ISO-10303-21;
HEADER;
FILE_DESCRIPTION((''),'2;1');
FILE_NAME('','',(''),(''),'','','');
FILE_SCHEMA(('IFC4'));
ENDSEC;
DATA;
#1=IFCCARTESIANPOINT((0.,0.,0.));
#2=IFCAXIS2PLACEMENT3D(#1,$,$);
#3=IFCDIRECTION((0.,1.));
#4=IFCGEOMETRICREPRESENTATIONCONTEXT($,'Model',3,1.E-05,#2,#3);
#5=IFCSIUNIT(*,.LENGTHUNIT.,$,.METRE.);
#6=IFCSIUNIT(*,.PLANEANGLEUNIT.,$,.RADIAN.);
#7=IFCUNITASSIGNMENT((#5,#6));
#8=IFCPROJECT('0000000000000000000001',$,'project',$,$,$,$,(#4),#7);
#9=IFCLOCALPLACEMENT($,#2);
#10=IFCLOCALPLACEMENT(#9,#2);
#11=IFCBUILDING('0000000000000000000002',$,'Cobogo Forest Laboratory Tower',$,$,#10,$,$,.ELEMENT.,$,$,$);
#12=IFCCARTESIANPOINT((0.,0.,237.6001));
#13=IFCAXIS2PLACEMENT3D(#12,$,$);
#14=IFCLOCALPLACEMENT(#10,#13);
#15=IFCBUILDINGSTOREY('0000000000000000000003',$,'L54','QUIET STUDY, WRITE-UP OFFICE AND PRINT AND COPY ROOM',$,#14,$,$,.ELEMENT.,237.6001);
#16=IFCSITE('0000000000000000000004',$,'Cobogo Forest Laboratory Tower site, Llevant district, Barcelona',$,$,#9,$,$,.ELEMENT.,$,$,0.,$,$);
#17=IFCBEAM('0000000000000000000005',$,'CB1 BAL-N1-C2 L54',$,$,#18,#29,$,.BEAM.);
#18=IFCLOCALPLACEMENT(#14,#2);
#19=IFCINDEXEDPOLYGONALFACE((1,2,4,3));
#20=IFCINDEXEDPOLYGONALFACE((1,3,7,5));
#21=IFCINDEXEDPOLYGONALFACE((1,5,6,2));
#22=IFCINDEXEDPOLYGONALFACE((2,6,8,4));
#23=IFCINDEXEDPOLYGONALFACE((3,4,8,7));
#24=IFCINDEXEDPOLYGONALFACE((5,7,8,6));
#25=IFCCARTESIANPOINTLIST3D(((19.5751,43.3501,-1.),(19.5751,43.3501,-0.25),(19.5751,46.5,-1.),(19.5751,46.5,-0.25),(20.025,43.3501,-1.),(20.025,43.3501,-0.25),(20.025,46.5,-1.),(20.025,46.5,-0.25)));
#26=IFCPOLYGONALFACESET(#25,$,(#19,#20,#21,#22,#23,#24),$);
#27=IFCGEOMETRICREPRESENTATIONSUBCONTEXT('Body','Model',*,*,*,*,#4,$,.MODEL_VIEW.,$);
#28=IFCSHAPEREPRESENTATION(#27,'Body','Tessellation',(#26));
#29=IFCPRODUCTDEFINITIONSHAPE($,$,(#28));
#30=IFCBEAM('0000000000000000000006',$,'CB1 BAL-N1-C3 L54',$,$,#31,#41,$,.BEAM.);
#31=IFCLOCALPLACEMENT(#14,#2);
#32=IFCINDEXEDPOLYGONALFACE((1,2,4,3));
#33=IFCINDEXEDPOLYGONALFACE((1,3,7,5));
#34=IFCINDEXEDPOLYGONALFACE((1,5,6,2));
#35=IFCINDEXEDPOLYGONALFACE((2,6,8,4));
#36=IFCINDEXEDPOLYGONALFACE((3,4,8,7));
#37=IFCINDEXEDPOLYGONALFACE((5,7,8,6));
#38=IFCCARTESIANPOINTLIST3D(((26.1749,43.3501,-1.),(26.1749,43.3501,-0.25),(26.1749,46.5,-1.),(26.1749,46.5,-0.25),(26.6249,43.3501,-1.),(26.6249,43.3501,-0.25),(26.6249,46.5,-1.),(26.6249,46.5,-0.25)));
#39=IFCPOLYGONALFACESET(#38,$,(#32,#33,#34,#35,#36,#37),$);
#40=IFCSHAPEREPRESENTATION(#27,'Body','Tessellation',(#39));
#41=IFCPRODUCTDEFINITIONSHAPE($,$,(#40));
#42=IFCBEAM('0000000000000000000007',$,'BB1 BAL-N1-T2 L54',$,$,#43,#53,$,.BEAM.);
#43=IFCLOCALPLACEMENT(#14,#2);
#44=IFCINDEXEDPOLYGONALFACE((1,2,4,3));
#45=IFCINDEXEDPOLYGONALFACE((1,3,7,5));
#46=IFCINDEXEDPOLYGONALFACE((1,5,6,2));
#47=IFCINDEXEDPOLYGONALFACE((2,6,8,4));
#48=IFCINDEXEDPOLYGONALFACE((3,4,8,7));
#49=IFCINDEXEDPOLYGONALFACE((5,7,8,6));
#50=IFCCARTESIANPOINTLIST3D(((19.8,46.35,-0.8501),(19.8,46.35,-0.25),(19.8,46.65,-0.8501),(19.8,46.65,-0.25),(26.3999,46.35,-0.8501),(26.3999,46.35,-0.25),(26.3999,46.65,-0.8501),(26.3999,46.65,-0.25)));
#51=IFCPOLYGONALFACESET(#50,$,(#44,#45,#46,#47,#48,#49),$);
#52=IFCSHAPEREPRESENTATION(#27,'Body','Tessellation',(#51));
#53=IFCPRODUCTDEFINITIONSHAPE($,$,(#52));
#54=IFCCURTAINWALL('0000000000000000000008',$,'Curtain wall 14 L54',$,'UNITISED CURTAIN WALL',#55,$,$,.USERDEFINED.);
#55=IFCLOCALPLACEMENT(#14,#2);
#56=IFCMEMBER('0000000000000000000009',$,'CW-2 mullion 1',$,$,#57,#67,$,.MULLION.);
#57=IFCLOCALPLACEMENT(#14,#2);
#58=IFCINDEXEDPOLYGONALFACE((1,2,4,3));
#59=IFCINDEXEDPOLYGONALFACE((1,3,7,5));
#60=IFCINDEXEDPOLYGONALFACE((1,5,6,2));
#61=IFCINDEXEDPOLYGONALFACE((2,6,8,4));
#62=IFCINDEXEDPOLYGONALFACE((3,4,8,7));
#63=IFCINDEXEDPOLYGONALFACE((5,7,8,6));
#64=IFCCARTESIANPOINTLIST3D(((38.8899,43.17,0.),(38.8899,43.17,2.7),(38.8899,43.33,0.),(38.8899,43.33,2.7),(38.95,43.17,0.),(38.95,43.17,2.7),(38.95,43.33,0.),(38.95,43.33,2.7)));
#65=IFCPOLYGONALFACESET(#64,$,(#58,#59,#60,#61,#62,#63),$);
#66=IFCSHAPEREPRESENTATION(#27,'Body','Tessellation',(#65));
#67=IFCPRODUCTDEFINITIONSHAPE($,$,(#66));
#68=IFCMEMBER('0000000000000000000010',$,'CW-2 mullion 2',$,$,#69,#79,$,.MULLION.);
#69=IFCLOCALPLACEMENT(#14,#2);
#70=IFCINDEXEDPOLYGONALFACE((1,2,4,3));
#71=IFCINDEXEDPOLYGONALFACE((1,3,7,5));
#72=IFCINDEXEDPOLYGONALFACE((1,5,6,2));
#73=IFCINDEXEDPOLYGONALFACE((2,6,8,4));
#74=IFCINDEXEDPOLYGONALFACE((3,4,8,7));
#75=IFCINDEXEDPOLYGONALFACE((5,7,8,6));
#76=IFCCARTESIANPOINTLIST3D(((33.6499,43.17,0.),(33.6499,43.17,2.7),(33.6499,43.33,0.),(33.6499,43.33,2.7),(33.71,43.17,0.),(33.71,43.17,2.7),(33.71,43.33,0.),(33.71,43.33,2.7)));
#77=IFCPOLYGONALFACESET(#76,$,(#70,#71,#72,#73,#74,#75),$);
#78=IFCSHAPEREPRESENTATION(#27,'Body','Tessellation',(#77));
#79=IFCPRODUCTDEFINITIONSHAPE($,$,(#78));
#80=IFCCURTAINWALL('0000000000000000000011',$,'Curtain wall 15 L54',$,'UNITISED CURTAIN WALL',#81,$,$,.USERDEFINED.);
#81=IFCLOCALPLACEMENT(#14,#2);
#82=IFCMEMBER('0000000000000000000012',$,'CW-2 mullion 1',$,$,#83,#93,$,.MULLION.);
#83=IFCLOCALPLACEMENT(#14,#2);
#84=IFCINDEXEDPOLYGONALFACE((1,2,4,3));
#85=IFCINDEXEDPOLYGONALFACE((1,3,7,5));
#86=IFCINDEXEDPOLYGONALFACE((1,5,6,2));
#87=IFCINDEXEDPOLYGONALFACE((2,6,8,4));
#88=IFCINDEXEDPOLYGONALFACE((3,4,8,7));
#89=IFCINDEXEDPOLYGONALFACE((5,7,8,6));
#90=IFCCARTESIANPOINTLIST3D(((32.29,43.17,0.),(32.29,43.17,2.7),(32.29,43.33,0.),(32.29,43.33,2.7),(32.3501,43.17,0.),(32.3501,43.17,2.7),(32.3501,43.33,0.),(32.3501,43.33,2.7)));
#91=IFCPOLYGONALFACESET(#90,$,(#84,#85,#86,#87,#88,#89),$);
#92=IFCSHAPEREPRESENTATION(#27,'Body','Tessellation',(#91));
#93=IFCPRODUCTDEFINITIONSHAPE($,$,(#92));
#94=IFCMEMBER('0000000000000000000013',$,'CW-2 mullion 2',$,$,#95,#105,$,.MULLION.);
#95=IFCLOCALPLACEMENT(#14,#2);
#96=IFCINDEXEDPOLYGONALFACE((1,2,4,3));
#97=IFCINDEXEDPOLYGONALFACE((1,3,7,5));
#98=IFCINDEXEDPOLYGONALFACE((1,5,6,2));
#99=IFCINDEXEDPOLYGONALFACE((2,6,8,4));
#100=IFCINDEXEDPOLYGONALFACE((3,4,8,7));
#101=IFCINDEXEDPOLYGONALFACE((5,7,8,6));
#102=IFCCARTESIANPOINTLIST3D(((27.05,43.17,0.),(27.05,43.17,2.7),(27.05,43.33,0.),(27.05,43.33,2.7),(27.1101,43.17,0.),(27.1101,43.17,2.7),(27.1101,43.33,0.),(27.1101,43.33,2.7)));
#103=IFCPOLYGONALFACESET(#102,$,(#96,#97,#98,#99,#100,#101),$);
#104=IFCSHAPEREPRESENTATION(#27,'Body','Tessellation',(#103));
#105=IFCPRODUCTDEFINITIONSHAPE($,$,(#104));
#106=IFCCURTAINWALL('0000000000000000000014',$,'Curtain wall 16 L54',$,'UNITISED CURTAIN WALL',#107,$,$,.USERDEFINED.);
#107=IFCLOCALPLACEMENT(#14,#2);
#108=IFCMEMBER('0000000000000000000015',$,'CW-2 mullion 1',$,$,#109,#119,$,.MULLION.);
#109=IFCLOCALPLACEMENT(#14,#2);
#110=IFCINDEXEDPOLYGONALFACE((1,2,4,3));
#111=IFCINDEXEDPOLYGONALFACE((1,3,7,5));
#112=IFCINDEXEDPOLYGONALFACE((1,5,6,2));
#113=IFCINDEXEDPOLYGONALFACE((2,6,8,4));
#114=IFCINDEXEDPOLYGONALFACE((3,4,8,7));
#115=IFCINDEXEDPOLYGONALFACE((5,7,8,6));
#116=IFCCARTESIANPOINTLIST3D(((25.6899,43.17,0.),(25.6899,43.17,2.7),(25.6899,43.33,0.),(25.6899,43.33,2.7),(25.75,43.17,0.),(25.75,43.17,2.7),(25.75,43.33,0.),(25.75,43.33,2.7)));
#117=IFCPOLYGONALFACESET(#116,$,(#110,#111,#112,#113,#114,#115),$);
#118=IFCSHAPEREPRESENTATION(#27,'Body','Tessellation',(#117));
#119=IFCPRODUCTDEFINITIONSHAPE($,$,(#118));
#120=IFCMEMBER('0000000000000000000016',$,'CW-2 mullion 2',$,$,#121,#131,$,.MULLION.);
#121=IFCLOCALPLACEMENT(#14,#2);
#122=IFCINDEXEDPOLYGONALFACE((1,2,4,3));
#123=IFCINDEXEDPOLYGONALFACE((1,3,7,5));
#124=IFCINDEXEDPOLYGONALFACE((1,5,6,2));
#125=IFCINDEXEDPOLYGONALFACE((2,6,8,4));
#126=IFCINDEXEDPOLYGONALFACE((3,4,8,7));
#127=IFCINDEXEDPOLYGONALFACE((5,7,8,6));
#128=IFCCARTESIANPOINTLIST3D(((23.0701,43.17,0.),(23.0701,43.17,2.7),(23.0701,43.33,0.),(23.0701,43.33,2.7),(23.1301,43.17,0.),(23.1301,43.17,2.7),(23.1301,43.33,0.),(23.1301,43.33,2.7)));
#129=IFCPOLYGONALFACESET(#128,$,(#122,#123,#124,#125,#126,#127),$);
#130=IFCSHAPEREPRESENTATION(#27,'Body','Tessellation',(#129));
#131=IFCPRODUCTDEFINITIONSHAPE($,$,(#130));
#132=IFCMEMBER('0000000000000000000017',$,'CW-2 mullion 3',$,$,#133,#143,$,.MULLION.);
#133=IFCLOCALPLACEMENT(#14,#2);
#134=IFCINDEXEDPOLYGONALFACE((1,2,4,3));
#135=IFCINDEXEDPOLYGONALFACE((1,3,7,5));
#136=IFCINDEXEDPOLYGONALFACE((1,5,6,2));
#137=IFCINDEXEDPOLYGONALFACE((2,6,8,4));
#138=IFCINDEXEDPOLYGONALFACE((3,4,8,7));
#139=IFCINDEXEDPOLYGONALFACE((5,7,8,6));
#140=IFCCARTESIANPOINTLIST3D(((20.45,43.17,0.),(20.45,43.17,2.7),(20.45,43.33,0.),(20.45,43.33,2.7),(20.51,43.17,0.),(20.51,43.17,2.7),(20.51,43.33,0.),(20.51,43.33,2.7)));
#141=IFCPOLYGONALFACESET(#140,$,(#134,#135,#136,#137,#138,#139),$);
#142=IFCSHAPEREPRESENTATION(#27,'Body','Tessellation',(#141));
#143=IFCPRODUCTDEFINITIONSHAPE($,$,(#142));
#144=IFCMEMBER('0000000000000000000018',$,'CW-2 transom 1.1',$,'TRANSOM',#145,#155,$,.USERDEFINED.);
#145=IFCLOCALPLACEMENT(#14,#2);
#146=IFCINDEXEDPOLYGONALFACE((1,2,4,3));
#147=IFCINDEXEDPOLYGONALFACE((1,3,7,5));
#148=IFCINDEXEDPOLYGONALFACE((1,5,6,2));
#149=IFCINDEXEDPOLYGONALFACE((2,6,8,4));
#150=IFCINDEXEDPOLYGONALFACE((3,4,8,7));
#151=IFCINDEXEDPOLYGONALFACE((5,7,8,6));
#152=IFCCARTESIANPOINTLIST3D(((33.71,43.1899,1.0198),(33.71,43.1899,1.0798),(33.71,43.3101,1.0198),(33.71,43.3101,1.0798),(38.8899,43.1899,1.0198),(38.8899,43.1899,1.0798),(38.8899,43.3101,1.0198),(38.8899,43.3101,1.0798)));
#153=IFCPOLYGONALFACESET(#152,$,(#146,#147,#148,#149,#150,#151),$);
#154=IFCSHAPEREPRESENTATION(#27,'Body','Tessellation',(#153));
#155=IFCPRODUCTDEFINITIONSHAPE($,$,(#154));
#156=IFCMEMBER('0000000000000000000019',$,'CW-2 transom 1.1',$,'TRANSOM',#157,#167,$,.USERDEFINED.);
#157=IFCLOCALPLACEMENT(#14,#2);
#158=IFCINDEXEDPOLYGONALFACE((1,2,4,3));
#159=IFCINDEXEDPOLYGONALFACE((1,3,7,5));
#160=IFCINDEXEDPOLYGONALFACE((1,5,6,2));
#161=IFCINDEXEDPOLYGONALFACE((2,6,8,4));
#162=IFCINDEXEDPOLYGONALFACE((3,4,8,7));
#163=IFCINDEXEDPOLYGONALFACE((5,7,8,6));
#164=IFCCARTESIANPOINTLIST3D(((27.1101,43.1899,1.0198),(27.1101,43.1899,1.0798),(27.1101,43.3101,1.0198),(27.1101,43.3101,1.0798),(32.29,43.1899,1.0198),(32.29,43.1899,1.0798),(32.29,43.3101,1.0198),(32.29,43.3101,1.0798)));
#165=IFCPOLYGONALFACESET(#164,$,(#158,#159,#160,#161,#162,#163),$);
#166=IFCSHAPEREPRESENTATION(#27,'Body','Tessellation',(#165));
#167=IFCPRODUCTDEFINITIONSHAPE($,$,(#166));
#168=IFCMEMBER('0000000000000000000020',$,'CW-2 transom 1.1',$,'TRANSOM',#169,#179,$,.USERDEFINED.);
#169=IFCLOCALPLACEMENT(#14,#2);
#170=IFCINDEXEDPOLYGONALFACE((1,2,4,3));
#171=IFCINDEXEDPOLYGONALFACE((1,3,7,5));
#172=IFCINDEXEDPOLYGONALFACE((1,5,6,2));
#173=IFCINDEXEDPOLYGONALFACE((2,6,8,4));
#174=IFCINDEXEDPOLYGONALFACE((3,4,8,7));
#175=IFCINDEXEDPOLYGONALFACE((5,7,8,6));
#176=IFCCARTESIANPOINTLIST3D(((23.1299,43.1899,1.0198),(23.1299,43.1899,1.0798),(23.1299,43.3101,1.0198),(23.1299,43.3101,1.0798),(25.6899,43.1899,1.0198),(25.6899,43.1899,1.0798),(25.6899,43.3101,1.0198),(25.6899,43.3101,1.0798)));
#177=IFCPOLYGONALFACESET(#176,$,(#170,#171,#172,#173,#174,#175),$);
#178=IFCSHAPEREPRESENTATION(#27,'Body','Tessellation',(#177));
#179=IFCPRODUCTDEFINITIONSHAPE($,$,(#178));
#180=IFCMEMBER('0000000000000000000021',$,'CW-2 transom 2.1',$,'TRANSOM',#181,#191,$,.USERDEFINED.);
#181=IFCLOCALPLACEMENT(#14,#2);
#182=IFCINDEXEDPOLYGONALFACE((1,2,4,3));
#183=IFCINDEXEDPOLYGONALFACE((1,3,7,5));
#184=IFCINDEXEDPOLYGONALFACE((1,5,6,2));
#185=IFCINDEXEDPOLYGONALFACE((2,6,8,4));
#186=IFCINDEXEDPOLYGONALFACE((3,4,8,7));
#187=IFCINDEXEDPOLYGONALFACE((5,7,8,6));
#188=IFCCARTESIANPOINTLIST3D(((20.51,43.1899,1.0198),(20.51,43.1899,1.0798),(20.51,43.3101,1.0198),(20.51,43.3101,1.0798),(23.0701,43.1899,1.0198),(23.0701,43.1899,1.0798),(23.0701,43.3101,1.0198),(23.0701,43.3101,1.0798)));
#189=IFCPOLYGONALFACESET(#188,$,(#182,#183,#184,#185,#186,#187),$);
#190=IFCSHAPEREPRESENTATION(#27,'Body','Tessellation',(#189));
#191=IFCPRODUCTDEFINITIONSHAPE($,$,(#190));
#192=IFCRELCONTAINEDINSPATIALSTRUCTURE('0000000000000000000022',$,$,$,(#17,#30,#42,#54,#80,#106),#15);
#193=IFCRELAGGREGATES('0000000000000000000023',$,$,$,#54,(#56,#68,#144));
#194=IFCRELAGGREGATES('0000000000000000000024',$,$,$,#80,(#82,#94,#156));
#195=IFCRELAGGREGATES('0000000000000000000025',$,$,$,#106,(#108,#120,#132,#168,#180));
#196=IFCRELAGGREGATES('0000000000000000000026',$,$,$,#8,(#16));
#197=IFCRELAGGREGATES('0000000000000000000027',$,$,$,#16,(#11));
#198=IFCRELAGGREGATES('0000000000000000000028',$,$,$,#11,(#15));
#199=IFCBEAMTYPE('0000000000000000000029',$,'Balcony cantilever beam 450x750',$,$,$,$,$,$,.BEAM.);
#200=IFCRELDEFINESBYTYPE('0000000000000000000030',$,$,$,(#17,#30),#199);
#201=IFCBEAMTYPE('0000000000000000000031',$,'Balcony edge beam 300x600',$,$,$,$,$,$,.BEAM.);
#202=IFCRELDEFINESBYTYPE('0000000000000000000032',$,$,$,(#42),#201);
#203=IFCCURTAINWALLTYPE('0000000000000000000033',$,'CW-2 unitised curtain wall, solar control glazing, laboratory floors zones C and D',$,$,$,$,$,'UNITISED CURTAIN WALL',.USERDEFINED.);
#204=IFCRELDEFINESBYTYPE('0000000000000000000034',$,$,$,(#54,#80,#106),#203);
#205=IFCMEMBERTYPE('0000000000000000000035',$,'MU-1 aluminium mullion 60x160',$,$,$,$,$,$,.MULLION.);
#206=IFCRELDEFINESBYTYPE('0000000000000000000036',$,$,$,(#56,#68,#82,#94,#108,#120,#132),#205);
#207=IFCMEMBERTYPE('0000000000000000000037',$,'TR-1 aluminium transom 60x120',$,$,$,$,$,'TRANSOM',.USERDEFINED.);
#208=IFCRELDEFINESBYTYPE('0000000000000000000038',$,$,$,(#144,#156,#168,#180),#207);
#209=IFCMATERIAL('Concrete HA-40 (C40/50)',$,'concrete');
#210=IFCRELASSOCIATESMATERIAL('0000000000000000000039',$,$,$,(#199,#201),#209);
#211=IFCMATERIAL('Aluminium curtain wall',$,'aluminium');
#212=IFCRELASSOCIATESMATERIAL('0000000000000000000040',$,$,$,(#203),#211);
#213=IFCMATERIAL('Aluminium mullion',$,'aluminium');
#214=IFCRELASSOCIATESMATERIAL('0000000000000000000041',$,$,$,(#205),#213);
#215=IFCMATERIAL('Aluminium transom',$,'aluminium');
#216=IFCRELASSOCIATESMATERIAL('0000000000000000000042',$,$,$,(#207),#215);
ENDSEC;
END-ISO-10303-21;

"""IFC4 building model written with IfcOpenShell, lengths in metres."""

from ifc_helpers import new_model, si_unit, direction, frame, origin, origin_2d, place, context, subcontext, project, spatial, rectangle, extrude, material, material_profile, profile_set, type_object, element, aggregate, save


model = new_model("IFC4")

# Units and contexts
model_context = context("Model", 3, precision=1e-05, world=origin(), true_north=direction((0.0, 1.0)))
body_context = subcontext(model_context, "Body", "Model", "MODEL_VIEW")
ifc_project = project(units=[si_unit("LENGTHUNIT", "METRE"), si_unit("PLANEANGLEUNIT", "RADIAN")], contexts=[model_context])

# Site, building, storey
site_placement = place(None, origin())
site = spatial("IfcSite", under=ifc_project, at=site_placement, Name="Cobogo Forest Laboratory Tower site, Llevant district, Barcelona", CompositionType="ELEMENT", RefElevation=0.0)
building_placement = place(site_placement, origin())
building = spatial("IfcBuilding", under=site, at=building_placement, Name="Cobogo Forest Laboratory Tower", CompositionType="ELEMENT")
storey_placement = place(building_placement, frame((0.0, 0.0, 237.6001)))
storey = spatial("IfcBuildingStorey", under=building, at=storey_placement, Name="L54", Description="QUIET STUDY, WRITE-UP OFFICE AND PRINT AND COPY ROOM", CompositionType="ELEMENT", Elevation=237.6001)

# Beams
ifc_material_1 = material(Name="Concrete HA-40 (C40/50)", Category="concrete")
ifc_material_profile_1 = material_profile(ifc_material_1, rectangle(XDim=0.45, YDim=0.75, at=origin_2d()), Name="RC 450x750")
ifc_profile_set_1 = profile_set([ifc_material_profile_1], Name="Concrete HA-40 (C40/50)")
beam_type_1 = type_object("IfcBeamType", Name="Balcony cantilever beam 450x750", PredefinedType="BEAM", material=ifc_profile_set_1)
for number, where, z_axis, x_axis, name in (
    (1, (19.8, 43.3501, -0.625), (0.0, 1.0, 0.0), (-1.0, 0.0, 0.0), "CB1 BAL-N1-C2 L54"),
    (2, (26.3999, 43.3501, -0.625), (0.0, 1.0, 0.0), (-1.0, 0.0, 0.0), "CB1 BAL-N1-C3 L54"),
):
    element("IfcBeam", number, at=place(storey_placement, frame(where, z_axis=z_axis, x_axis=x_axis)), inside=storey, type_object=beam_type_1, Name=name, PredefinedType="BEAM", context=body_context, shape_type="SweptSolid", body=[
        extrude(rectangle(XDim=0.45, YDim=0.75, at=origin_2d()), origin(), (0.0, 0.0, 1.0), 3.1499),
    ])
ifc_material_profile_2 = material_profile(ifc_material_1, rectangle(XDim=0.3, YDim=0.6001, at=origin_2d()), Name="RC 300x600")
ifc_profile_set_2 = profile_set([ifc_material_profile_2], Name="Concrete HA-40 (C40/50)")
beam_type_2 = type_object("IfcBeamType", Name="Balcony edge beam 300x600", PredefinedType="BEAM", material=ifc_profile_set_2)
beam_placement = place(storey_placement, frame((19.8, 46.5, -0.55), z_axis=(1.0, 0.0, 0.0), x_axis=(0.0, 1.0, 0.0)))
element("IfcBeam", 3, at=beam_placement, inside=storey, type_object=beam_type_2, Name="BB1 BAL-N1-T2 L54", PredefinedType="BEAM", context=body_context, shape_type="SweptSolid", body=[
    extrude(rectangle(XDim=0.3, YDim=0.6001, at=origin_2d()), origin(), (0.0, 0.0, 1.0), 6.5999),
])

# Curtain walls, members
ifc_material_2 = material(Name="Aluminium curtain wall", Category="aluminium")
curtain_wall_type = type_object("IfcCurtainWallType", Name="CW-2 unitised curtain wall, solar control glazing, laboratory floors zones C and D", ElementType="UNITISED CURTAIN WALL", PredefinedType="USERDEFINED", material=ifc_material_2)
curtain_wall_1_placement = place(storey_placement, origin())
curtain_wall_1 = element("IfcCurtainWall", 4, at=curtain_wall_1_placement, inside=storey, type_object=curtain_wall_type, Name="Curtain wall 14 L54", ObjectType="UNITISED CURTAIN WALL", PredefinedType="USERDEFINED")
ifc_material_3 = material(Name="Aluminium mullion", Category="aluminium")
ifc_material_profile_3 = material_profile(ifc_material_3, rectangle(XDim=0.0601, YDim=0.1599, at=origin_2d()), Name="AL 60x160")
ifc_profile_set_3 = profile_set([ifc_material_profile_3], Name="Aluminium mullion")
member_type_1 = type_object("IfcMemberType", Name="MU-1 aluminium mullion 60x160", PredefinedType="MULLION", material=ifc_profile_set_3)
member_1_placement = place(storey_placement, frame((38.9199, 43.25, 0.0), z_axis=(0.0, 0.0, 1.0), x_axis=(-1.0, 0.0, 0.0)))
member_1 = element("IfcMember", 5, at=member_1_placement, type_object=member_type_1, Name="CW-2 mullion 1", PredefinedType="MULLION", context=body_context, shape_type="SweptSolid", body=[
    extrude(rectangle(XDim=0.0601, YDim=0.1599, at=origin_2d()), origin(), (0.0, 0.0, 1.0), 2.7),
])
member_2_placement = place(storey_placement, frame((33.6799, 43.25, 0.0), z_axis=(0.0, 0.0, 1.0), x_axis=(-1.0, 0.0, 0.0)))
member_2 = element("IfcMember", 6, at=member_2_placement, type_object=member_type_1, Name="CW-2 mullion 2", PredefinedType="MULLION", context=body_context, shape_type="SweptSolid", body=[
    extrude(rectangle(XDim=0.0601, YDim=0.1599, at=origin_2d()), origin(), (0.0, 0.0, 1.0), 2.7),
])
curtain_wall_2_placement = place(storey_placement, origin())
curtain_wall_2 = element("IfcCurtainWall", 7, at=curtain_wall_2_placement, inside=storey, type_object=curtain_wall_type, Name="Curtain wall 15 L54", ObjectType="UNITISED CURTAIN WALL", PredefinedType="USERDEFINED")
member_3_placement = place(storey_placement, frame((32.3201, 43.25, 0.0), z_axis=(0.0, 0.0, 1.0), x_axis=(-1.0, 0.0, 0.0)))
member_3 = element("IfcMember", 8, at=member_3_placement, type_object=member_type_1, Name="CW-2 mullion 1", PredefinedType="MULLION", context=body_context, shape_type="SweptSolid", body=[
    extrude(rectangle(XDim=0.0601, YDim=0.1599, at=origin_2d()), origin(), (0.0, 0.0, 1.0), 2.7),
])
member_4_placement = place(storey_placement, frame((27.0801, 43.25, 0.0), z_axis=(0.0, 0.0, 1.0), x_axis=(-1.0, 0.0, 0.0)))
member_4 = element("IfcMember", 9, at=member_4_placement, type_object=member_type_1, Name="CW-2 mullion 2", PredefinedType="MULLION", context=body_context, shape_type="SweptSolid", body=[
    extrude(rectangle(XDim=0.0601, YDim=0.1599, at=origin_2d()), origin(), (0.0, 0.0, 1.0), 2.7),
])
curtain_wall_3_placement = place(storey_placement, origin())
curtain_wall_3 = element("IfcCurtainWall", 10, at=curtain_wall_3_placement, inside=storey, type_object=curtain_wall_type, Name="Curtain wall 16 L54", ObjectType="UNITISED CURTAIN WALL", PredefinedType="USERDEFINED")
member_5_placement = place(storey_placement, frame((25.72, 43.25, 0.0), z_axis=(0.0, 0.0, 1.0), x_axis=(-1.0, 0.0, 0.0)))
member_5 = element("IfcMember", 11, at=member_5_placement, type_object=member_type_1, Name="CW-2 mullion 1", PredefinedType="MULLION", context=body_context, shape_type="SweptSolid", body=[
    extrude(rectangle(XDim=0.0601, YDim=0.1599, at=origin_2d()), origin(), (0.0, 0.0, 1.0), 2.7),
])
member_6_placement = place(storey_placement, frame((23.1001, 43.25, 0.0), z_axis=(0.0, 0.0, 1.0), x_axis=(-1.0, 0.0, 0.0)))
member_6 = element("IfcMember", 12, at=member_6_placement, type_object=member_type_1, Name="CW-2 mullion 2", PredefinedType="MULLION", context=body_context, shape_type="SweptSolid", body=[
    extrude(rectangle(XDim=0.0601, YDim=0.1599, at=origin_2d()), origin(), (0.0, 0.0, 1.0), 2.7),
])
member_7_placement = place(storey_placement, frame((20.48, 43.25, 0.0), z_axis=(0.0, 0.0, 1.0), x_axis=(-1.0, 0.0, 0.0)))
member_7 = element("IfcMember", 13, at=member_7_placement, type_object=member_type_1, Name="CW-2 mullion 3", PredefinedType="MULLION", context=body_context, shape_type="SweptSolid", body=[
    extrude(rectangle(XDim=0.0601, YDim=0.1599, at=origin_2d()), origin(), (0.0, 0.0, 1.0), 2.7),
])

# Members
ifc_material_4 = material(Name="Aluminium transom", Category="aluminium")
ifc_material_profile_4 = material_profile(ifc_material_4, rectangle(XDim=0.1201, YDim=0.0601, at=origin_2d()), Name="AL 60x120")
ifc_profile_set_4 = profile_set([ifc_material_profile_4], Name="Aluminium transom")
member_type_2 = type_object("IfcMemberType", Name="TR-1 aluminium transom 60x120", ElementType="TRANSOM", PredefinedType="USERDEFINED", material=ifc_profile_set_4)
member_8_placement = place(storey_placement, frame((38.8899, 43.25, 1.0498), z_axis=(-1.0, 0.0, 0.0), x_axis=(0.0, -1.0, 0.0)))
member_8 = element("IfcMember", 14, at=member_8_placement, type_object=member_type_2, Name="CW-2 transom 1.1", ObjectType="TRANSOM", PredefinedType="USERDEFINED", context=body_context, shape_type="SweptSolid", body=[
    extrude(rectangle(XDim=0.1201, YDim=0.0601, at=origin_2d()), origin(), (0.0, 0.0, 1.0), 5.1799),
])
member_9_placement = place(storey_placement, frame((32.29, 43.25, 1.0498), z_axis=(-1.0, 0.0, 0.0), x_axis=(0.0, -1.0, 0.0)))
member_9 = element("IfcMember", 15, at=member_9_placement, type_object=member_type_2, Name="CW-2 transom 1.1", ObjectType="TRANSOM", PredefinedType="USERDEFINED", context=body_context, shape_type="SweptSolid", body=[
    extrude(rectangle(XDim=0.1201, YDim=0.0601, at=origin_2d()), origin(), (0.0, 0.0, 1.0), 5.1799),
])
member_10_placement = place(storey_placement, frame((25.6899, 43.25, 1.0498), z_axis=(-1.0, 0.0, 0.0), x_axis=(0.0, -1.0, 0.0)))
member_10 = element("IfcMember", 16, at=member_10_placement, type_object=member_type_2, Name="CW-2 transom 1.1", ObjectType="TRANSOM", PredefinedType="USERDEFINED", context=body_context, shape_type="SweptSolid", body=[
    extrude(rectangle(XDim=0.1201, YDim=0.0601, at=origin_2d()), origin(), (0.0, 0.0, 1.0), 2.5601),
])
member_11_placement = place(storey_placement, frame((23.0701, 43.25, 1.0498), z_axis=(-1.0, 0.0, 0.0), x_axis=(0.0, -1.0, 0.0)))
member_11 = element("IfcMember", 17, at=member_11_placement, type_object=member_type_2, Name="CW-2 transom 2.1", ObjectType="TRANSOM", PredefinedType="USERDEFINED", context=body_context, shape_type="SweptSolid", body=[
    extrude(rectangle(XDim=0.1201, YDim=0.0601, at=origin_2d()), origin(), (0.0, 0.0, 1.0), 2.5601),
])

aggregate(curtain_wall_1, [member_1, member_2, member_8])
aggregate(curtain_wall_2, [member_3, member_4, member_9])
aggregate(curtain_wall_3, [member_5, member_6, member_7, member_10, member_11])

save(model, "model.ifc")
